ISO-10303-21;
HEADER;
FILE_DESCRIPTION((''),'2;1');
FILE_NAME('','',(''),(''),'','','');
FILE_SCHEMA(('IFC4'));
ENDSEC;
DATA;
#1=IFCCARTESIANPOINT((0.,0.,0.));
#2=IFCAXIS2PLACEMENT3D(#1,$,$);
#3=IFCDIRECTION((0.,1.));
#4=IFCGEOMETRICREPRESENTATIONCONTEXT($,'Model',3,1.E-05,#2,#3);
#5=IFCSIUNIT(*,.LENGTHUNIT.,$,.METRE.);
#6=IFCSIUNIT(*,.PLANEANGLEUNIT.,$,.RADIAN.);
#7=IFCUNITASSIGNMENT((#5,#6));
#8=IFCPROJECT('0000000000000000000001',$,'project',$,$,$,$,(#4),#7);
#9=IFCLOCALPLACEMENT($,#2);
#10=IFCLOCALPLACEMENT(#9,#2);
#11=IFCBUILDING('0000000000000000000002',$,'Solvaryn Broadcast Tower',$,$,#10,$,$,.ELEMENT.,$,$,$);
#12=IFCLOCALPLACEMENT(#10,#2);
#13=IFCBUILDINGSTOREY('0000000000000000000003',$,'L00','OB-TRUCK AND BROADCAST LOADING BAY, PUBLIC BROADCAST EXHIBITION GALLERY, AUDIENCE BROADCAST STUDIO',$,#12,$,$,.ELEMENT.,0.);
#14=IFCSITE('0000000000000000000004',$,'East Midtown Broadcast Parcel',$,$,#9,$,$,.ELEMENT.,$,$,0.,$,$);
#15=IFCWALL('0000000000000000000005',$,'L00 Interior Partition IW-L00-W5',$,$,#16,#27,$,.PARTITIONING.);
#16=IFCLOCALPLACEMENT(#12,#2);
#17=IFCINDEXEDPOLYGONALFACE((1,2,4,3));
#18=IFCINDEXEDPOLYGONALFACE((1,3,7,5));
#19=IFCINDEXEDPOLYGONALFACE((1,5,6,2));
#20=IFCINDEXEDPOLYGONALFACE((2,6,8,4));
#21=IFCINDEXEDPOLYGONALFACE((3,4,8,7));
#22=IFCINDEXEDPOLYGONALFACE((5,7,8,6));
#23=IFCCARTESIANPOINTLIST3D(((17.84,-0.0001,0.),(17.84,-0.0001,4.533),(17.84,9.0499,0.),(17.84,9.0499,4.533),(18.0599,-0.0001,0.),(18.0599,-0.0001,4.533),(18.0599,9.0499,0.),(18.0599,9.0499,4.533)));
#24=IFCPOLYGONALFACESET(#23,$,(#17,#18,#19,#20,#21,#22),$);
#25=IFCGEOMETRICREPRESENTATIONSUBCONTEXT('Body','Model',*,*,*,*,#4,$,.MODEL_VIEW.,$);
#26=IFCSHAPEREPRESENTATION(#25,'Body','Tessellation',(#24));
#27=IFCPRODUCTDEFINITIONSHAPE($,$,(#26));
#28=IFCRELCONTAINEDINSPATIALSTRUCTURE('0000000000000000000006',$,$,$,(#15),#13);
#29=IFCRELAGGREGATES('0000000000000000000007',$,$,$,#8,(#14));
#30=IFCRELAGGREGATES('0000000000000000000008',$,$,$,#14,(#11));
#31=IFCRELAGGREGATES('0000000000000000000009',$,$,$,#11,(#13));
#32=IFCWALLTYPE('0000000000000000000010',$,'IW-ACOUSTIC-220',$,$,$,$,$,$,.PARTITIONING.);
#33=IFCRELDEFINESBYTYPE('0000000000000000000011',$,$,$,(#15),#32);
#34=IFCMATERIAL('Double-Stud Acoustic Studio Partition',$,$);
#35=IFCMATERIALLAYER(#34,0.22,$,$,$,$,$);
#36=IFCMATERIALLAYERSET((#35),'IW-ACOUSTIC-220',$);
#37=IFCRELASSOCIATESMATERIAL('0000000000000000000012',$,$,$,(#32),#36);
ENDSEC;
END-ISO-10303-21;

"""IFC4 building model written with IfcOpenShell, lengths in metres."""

from ifc_helpers import new_model, si_unit, direction, frame, frame_2d, origin, place, context, subcontext, project, spatial, rectangle, extrude, material, layer, layer_set, type_object, element, save


model = new_model("IFC4")

# Units and contexts
model_context = context("Model", 3, precision=1e-05, world=origin(), true_north=direction((0.0, 1.0)))
body_context = subcontext(model_context, "Body", "Model", "MODEL_VIEW")
ifc_project = project(units=[si_unit("LENGTHUNIT", "METRE"), si_unit("PLANEANGLEUNIT", "RADIAN")], contexts=[model_context])

# Site, building, storey
site_placement = place(None, origin())
site = spatial("IfcSite", under=ifc_project, at=site_placement, Name="East Midtown Broadcast Parcel", CompositionType="ELEMENT", RefElevation=0.0)
building_placement = place(site_placement, origin())
building = spatial("IfcBuilding", under=site, at=building_placement, Name="Solvaryn Broadcast Tower", CompositionType="ELEMENT")
storey_placement = place(building_placement, origin())
storey = spatial("IfcBuildingStorey", under=building, at=storey_placement, Name="L00", Description="OB-TRUCK AND BROADCAST LOADING BAY, PUBLIC BROADCAST EXHIBITION GALLERY, AUDIENCE BROADCAST STUDIO", CompositionType="ELEMENT", Elevation=0.0)

# Shared definitions
ifc_material_1 = material(Name="Double-Stud Acoustic Studio Partition")
ifc_layer_1 = layer(ifc_material_1, 0.22)
ifc_layer_set_1 = layer_set([ifc_layer_1], Name="IW-ACOUSTIC-220")
wall_type = type_object("IfcWallType", Name="IW-ACOUSTIC-220", PredefinedType="PARTITIONING", material=ifc_layer_set_1)

# Wall
wall_1_placement = place(storey_placement, frame((17.95, 0.0, 0.0), z_axis=(0.0, 0.0, 1.0), x_axis=(0.0, 1.0, 0.0)))
element("IfcWall", 1, at=wall_1_placement, inside=storey, type_object=wall_type, Name="L00 Interior Partition IW-L00-W5", PredefinedType="PARTITIONING", context=body_context, shape_type="SweptSolid", body=[
    extrude(rectangle(XDim=9.05, YDim=0.22, at=frame_2d((4.5249, 0.0))), origin(), (0.0, 0.0, 1.0), 4.533),
])

save(model, "model.ifc")
